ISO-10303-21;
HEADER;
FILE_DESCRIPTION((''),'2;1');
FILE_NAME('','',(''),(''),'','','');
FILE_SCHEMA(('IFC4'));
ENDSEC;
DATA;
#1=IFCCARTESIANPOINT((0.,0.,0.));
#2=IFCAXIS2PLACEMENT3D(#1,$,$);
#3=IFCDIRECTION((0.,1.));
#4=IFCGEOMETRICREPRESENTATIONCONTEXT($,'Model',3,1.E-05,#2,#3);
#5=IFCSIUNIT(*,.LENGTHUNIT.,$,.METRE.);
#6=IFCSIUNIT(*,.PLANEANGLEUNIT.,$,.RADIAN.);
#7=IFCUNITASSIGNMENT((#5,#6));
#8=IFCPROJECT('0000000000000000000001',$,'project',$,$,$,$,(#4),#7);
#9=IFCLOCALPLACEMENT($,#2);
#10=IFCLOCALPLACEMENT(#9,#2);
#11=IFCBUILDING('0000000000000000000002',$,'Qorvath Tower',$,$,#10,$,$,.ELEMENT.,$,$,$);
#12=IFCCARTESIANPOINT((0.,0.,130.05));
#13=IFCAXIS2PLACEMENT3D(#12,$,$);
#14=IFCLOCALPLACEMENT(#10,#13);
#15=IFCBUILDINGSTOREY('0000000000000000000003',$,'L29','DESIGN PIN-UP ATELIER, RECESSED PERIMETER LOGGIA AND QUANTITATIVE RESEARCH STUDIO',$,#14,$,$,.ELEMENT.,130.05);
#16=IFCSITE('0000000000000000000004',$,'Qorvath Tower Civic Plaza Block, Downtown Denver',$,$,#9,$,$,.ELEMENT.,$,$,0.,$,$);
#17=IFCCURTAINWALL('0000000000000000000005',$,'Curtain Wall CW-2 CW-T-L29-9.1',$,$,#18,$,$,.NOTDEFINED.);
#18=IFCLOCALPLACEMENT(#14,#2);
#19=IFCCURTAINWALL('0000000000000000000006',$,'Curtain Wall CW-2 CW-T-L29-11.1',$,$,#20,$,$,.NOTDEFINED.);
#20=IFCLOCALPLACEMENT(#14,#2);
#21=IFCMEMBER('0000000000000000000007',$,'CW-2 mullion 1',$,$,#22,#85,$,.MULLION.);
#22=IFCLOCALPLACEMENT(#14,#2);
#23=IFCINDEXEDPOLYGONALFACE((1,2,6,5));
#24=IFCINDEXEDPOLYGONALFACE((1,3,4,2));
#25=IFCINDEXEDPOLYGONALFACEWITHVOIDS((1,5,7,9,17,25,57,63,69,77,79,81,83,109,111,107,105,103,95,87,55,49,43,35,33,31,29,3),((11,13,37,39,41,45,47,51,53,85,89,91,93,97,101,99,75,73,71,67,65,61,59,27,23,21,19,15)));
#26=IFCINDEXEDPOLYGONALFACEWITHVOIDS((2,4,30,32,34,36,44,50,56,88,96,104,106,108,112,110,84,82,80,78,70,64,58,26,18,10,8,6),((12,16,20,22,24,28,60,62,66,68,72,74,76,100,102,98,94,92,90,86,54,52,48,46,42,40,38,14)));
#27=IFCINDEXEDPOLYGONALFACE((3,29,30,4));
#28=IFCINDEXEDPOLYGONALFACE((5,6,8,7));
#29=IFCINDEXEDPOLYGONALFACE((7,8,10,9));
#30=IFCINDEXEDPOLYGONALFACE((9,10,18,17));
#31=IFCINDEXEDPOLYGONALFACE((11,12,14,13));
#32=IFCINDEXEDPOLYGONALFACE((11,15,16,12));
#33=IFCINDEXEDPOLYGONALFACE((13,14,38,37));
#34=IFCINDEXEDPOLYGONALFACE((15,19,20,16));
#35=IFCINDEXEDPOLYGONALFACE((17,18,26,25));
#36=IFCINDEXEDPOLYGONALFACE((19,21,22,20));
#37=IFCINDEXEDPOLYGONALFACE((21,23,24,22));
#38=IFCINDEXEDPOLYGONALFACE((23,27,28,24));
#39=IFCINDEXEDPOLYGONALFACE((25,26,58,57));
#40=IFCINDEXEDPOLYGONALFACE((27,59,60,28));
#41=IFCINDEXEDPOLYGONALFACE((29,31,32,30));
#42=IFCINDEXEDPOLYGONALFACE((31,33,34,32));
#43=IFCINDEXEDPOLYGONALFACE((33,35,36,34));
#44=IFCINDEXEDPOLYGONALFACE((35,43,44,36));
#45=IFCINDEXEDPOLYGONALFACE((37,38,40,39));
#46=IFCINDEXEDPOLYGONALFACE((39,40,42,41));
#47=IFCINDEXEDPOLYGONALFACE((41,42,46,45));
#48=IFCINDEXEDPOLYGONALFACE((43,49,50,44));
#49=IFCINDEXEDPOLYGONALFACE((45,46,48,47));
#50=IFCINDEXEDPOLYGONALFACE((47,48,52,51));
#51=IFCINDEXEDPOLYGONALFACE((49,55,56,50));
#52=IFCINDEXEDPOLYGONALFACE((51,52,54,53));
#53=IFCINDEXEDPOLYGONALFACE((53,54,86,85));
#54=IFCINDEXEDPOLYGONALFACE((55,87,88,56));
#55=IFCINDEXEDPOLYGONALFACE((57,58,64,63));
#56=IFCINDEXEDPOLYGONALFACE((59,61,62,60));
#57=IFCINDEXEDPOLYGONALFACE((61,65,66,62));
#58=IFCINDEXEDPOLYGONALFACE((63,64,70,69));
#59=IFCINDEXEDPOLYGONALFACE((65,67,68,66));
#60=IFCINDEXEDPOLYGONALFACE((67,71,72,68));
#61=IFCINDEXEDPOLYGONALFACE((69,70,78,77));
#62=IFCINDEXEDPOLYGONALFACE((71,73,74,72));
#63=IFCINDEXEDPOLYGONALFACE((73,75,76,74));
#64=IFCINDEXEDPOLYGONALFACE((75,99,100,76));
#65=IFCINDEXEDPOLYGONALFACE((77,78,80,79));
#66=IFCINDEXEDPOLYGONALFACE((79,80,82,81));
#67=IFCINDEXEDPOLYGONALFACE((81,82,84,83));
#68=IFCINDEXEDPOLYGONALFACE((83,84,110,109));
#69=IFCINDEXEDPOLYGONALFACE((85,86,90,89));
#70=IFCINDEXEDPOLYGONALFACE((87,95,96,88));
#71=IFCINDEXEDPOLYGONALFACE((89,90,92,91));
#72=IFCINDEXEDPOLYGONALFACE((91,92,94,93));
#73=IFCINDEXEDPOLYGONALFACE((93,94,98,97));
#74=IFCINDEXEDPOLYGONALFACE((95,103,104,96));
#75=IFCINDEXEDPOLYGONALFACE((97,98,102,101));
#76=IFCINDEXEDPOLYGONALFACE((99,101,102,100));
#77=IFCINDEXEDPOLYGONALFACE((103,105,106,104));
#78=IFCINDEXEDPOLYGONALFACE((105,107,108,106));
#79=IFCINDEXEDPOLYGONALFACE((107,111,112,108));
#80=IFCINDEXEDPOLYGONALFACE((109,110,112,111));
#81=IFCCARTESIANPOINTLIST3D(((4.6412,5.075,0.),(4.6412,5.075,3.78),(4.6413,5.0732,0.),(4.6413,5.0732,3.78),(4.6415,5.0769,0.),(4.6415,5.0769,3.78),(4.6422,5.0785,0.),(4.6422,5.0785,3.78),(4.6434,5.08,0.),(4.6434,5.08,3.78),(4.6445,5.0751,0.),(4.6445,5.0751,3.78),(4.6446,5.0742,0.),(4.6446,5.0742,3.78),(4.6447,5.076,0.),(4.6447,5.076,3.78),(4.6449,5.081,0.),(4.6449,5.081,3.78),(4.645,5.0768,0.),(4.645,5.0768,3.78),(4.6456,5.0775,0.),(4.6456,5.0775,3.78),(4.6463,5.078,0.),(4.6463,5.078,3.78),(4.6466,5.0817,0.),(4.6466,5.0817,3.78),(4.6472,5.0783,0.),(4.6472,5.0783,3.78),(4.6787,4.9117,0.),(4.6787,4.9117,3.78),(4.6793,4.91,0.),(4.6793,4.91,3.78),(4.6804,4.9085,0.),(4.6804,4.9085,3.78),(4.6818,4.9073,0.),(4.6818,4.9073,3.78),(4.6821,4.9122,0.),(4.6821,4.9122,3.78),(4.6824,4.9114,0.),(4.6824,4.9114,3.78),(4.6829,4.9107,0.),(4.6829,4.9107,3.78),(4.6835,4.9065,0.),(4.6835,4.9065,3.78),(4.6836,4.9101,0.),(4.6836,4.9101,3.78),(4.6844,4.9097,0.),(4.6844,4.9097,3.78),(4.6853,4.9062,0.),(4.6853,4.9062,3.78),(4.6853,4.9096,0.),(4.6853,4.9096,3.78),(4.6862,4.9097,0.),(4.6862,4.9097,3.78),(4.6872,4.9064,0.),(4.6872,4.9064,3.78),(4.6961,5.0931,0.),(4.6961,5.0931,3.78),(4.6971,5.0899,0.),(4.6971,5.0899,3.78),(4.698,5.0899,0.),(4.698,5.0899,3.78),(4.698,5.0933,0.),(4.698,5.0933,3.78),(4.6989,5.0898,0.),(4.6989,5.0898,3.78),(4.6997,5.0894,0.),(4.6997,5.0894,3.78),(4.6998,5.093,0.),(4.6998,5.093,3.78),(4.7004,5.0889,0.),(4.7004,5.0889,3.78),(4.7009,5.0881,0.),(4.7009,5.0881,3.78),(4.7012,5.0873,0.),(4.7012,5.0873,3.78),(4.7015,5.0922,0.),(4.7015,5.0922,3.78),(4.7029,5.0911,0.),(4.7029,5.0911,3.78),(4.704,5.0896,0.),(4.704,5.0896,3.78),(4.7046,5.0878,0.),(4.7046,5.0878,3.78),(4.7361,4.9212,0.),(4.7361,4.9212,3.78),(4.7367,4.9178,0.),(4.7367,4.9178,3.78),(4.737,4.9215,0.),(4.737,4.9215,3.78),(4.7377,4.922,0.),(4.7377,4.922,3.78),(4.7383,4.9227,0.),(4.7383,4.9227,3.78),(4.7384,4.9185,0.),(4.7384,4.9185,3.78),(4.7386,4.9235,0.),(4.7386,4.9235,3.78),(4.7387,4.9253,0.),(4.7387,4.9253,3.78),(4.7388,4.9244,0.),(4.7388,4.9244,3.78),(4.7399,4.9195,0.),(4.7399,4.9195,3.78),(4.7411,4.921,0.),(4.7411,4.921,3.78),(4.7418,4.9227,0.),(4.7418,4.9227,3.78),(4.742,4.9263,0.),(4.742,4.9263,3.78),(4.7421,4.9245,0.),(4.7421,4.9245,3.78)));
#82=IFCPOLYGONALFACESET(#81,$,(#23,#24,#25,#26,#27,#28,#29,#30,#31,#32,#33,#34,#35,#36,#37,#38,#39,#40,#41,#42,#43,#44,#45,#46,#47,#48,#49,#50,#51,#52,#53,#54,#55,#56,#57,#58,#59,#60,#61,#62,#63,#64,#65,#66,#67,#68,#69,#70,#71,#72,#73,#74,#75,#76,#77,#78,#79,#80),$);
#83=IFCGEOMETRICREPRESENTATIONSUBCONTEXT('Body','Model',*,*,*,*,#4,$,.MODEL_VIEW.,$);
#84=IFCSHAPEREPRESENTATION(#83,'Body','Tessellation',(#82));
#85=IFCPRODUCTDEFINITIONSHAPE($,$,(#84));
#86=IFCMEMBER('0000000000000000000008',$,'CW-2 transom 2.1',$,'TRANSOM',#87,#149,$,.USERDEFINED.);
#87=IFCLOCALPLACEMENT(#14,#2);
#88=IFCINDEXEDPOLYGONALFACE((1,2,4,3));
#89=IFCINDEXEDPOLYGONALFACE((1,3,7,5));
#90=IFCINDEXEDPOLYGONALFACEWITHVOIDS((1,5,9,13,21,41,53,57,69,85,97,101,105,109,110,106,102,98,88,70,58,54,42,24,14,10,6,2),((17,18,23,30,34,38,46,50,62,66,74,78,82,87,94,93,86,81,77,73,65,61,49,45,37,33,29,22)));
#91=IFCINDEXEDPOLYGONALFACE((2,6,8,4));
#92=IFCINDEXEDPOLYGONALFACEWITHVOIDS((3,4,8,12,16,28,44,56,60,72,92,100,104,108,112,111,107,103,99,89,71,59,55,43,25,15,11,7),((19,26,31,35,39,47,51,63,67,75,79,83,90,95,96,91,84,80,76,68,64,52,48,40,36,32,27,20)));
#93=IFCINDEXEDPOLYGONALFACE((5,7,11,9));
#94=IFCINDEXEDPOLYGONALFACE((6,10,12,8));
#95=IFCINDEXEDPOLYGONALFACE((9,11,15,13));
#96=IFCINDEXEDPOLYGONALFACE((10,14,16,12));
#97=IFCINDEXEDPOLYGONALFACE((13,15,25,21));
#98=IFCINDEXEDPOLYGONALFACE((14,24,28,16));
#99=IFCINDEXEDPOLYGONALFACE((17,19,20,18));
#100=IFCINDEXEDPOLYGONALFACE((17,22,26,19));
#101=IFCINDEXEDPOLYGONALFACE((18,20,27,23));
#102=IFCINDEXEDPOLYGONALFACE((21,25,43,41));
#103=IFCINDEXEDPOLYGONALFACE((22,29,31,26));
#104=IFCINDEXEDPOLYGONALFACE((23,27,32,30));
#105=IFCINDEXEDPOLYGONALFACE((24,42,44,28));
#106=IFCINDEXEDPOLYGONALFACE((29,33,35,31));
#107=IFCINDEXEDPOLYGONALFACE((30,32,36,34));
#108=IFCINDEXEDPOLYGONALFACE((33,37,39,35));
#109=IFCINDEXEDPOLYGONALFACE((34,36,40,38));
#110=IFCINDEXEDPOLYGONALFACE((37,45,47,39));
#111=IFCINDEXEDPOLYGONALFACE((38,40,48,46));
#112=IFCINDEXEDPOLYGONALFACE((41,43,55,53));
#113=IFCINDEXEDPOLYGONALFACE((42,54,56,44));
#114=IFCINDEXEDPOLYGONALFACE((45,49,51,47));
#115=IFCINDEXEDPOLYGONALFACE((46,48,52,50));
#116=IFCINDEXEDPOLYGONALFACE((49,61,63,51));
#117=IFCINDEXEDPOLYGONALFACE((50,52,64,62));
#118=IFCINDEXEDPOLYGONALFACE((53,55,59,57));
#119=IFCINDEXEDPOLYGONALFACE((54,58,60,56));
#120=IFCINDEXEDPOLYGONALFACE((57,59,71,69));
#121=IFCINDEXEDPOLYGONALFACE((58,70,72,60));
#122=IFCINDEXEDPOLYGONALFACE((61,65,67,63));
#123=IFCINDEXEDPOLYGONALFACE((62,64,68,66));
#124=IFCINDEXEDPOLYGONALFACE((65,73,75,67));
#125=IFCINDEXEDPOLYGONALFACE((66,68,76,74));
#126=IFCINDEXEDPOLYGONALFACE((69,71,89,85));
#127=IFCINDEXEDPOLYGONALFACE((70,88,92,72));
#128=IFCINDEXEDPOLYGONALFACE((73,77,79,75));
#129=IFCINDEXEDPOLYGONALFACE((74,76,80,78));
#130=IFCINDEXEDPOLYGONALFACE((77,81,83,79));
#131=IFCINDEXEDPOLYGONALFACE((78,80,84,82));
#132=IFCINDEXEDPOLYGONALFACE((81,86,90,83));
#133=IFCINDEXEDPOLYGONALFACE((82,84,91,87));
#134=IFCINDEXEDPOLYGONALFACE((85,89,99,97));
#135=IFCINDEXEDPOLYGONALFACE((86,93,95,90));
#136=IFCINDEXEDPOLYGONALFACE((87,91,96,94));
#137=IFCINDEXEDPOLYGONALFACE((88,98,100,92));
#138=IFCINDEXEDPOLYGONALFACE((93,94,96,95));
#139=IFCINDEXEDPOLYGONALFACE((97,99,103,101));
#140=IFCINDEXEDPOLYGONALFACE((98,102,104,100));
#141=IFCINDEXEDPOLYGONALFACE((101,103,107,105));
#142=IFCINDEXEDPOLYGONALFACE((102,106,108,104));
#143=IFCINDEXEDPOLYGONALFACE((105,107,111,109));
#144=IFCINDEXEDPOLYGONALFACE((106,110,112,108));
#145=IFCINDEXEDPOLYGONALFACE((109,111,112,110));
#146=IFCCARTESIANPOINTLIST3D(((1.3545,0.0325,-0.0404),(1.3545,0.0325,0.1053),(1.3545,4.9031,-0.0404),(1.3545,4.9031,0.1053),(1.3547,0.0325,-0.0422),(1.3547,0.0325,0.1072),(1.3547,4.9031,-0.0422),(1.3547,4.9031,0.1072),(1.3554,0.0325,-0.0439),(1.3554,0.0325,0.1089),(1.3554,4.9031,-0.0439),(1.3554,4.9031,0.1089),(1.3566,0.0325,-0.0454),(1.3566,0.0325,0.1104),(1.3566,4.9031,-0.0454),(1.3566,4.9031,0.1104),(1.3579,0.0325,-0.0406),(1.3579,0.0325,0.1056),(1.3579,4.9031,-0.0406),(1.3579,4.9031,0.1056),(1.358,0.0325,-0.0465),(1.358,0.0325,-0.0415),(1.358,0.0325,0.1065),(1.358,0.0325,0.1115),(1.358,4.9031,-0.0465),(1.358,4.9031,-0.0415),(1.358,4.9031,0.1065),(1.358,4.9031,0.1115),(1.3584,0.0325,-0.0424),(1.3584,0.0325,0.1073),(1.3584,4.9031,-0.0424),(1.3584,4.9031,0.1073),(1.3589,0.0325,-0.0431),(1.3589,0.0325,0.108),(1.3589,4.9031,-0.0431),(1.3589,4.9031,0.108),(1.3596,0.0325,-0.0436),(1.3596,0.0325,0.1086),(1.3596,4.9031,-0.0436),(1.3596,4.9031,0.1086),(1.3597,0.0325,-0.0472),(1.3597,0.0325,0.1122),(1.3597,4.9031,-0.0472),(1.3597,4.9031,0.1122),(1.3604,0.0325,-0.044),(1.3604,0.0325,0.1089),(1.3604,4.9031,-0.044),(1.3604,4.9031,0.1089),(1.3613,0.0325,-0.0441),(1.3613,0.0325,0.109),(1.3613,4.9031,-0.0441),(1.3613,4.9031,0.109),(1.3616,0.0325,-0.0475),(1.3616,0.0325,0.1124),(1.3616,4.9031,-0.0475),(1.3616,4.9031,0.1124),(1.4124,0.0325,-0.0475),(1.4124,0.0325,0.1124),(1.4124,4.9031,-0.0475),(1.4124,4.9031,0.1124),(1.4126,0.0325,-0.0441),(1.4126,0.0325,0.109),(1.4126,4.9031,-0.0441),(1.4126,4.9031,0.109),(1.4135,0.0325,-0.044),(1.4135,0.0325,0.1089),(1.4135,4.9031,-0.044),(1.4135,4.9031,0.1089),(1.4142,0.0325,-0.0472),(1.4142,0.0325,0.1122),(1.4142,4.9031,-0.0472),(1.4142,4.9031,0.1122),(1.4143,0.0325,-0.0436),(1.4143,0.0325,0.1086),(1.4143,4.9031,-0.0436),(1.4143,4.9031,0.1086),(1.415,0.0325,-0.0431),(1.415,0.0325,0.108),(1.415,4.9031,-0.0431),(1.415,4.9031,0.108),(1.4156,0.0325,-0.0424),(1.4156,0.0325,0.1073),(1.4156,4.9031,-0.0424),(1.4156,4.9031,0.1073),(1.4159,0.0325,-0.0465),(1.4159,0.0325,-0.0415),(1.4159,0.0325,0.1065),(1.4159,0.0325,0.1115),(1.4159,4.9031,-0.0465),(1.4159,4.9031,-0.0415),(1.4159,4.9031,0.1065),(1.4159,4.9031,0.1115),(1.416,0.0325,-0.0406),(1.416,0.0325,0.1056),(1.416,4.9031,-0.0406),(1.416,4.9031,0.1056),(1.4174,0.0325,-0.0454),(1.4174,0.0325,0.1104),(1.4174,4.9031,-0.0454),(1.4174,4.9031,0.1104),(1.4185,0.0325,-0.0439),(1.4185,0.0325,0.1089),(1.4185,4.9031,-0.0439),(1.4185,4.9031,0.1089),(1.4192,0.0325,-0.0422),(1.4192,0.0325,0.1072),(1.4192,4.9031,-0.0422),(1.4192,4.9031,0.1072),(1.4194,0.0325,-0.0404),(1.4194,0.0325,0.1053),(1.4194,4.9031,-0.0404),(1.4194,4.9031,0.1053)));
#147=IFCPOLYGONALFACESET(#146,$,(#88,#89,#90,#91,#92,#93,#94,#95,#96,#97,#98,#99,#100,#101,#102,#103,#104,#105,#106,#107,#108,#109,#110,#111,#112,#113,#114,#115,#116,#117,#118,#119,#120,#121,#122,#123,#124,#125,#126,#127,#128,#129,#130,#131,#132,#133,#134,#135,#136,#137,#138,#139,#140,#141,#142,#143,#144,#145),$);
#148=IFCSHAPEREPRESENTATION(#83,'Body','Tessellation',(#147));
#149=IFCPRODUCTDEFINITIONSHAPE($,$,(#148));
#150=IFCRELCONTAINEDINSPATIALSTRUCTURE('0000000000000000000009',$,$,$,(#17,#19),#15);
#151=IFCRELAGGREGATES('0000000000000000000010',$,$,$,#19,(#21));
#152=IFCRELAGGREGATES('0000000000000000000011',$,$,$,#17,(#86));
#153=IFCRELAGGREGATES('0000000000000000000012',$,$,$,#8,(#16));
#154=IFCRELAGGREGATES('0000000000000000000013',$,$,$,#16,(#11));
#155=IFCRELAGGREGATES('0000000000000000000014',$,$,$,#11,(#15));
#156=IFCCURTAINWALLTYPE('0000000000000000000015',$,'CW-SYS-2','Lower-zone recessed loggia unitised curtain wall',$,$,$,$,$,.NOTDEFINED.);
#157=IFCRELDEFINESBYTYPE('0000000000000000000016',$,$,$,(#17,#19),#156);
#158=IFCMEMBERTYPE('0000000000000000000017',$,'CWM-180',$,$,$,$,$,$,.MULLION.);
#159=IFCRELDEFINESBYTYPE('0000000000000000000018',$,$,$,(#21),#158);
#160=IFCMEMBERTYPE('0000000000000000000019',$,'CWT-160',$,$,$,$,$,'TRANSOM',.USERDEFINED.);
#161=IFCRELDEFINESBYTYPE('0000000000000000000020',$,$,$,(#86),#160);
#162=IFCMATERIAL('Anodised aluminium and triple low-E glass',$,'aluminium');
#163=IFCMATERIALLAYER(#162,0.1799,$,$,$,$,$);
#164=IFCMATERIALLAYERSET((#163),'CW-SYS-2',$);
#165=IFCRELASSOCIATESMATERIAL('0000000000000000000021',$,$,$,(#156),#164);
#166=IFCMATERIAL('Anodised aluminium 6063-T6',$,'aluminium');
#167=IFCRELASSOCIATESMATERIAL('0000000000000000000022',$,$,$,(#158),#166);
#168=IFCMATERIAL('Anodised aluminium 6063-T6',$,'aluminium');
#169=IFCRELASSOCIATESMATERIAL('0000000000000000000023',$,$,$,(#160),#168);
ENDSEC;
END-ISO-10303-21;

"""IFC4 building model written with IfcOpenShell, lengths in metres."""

from ifc_helpers import new_model, si_unit, direction, frame, origin, origin_2d, place, context, subcontext, project, spatial, hollow_rectangle, extrude, material, layer, layer_set, material_profile, profile_set, type_object, element, aggregate, save


model = new_model("IFC4")

# Units and contexts
model_context = context("Model", 3, precision=1e-05, world=origin(), true_north=direction((0.0, 1.0)))
body_context = subcontext(model_context, "Body", "Model", "MODEL_VIEW")
ifc_project = project(units=[si_unit("LENGTHUNIT", "METRE"), si_unit("PLANEANGLEUNIT", "RADIAN")], contexts=[model_context])

# Site, building, storey
site_placement = place(None, origin())
site = spatial("IfcSite", under=ifc_project, at=site_placement, Name="Qorvath Tower Civic Plaza Block, Downtown Denver", CompositionType="ELEMENT", RefElevation=0.0)
building_placement = place(site_placement, origin())
building = spatial("IfcBuilding", under=site, at=building_placement, Name="Qorvath Tower", CompositionType="ELEMENT")
storey_placement = place(building_placement, frame((0.0, 0.0, 130.05)))
storey = spatial("IfcBuildingStorey", under=building, at=storey_placement, Name="L29", Description="DESIGN PIN-UP ATELIER, RECESSED PERIMETER LOGGIA AND QUANTITATIVE RESEARCH STUDIO", CompositionType="ELEMENT", Elevation=130.05)

# Curtain wall
ifc_material_1 = material(Name="Anodised aluminium and triple low-E glass", Category="aluminium")
ifc_layer_1 = layer(ifc_material_1, 0.1799)
ifc_layer_set_1 = layer_set([ifc_layer_1], Name="CW-SYS-2")
curtain_wall_type = type_object("IfcCurtainWallType", Name="CW-SYS-2", Description="Lower-zone recessed loggia unitised curtain wall", PredefinedType="NOTDEFINED", material=ifc_layer_set_1)
curtain_wall_1_placement = place(storey_placement, origin())
curtain_wall_1 = element("IfcCurtainWall", 1, at=curtain_wall_1_placement, inside=storey, type_object=curtain_wall_type, Name="Curtain Wall CW-2 CW-T-L29-9.1", PredefinedType="NOTDEFINED")
ifc_material_2 = material(Name="Anodised aluminium 6063-T6", Category="aluminium")
ifc_material_profile_1 = material_profile(ifc_material_2, hollow_rectangle(XDim=0.0649, YDim=0.1799, WallThickness=0.0034, InnerFilletRadius=0.0034, OuterFilletRadius=0.0071, at=origin_2d()), Name="CWM 180x65")
ifc_profile_set_1 = profile_set([ifc_material_profile_1], Name="Anodised aluminium 6063-T6")
member_type_1 = type_object("IfcMemberType", Name="CWM-180", PredefinedType="MULLION", material=ifc_profile_set_1)

# Curtain wall, member
curtain_wall_2_placement = place(storey_placement, origin())
curtain_wall_2 = element("IfcCurtainWall", 2, at=curtain_wall_2_placement, inside=storey, type_object=curtain_wall_type, Name="Curtain Wall CW-2 CW-T-L29-11.1", PredefinedType="NOTDEFINED")
member_1_placement = place(storey_placement, frame((4.6917, 4.9998, 0.0), z_axis=(0.0, 0.0, 1.0), x_axis=(-0.974296, -0.22527, 0.0)))
member_1 = element("IfcMember", 3, at=member_1_placement, type_object=member_type_1, Name="CW-2 mullion 1", PredefinedType="MULLION", context=body_context, shape_type="SweptSolid", body=[
    extrude(hollow_rectangle(XDim=0.0649, YDim=0.1799, WallThickness=0.0034, InnerFilletRadius=0.0034, OuterFilletRadius=0.0071, at=origin_2d()), origin(), (0.0, 0.0, 1.0), 3.78),
])

# Member
ifc_material_3 = material(Name="Anodised aluminium 6063-T6", Category="aluminium")
ifc_material_profile_2 = material_profile(ifc_material_3, hollow_rectangle(XDim=0.0649, YDim=0.1599, WallThickness=0.0034, InnerFilletRadius=0.0034, OuterFilletRadius=0.0071, at=origin_2d()), Name="CWT 160x65")
ifc_profile_set_2 = profile_set([ifc_material_profile_2], Name="Anodised aluminium 6063-T6")
member_type_2 = type_object("IfcMemberType", Name="CWT-160", ElementType="TRANSOM", PredefinedType="USERDEFINED", material=ifc_profile_set_2)
member_2_placement = place(storey_placement, frame((1.387, 0.0325, 0.0325), z_axis=(0.0, 1.0, 0.0), x_axis=(-1.0, 0.0, 0.0)))
member_2 = element("IfcMember", 4, at=member_2_placement, type_object=member_type_2, Name="CW-2 transom 2.1", ObjectType="TRANSOM", PredefinedType="USERDEFINED", context=body_context, shape_type="SweptSolid", body=[
    extrude(hollow_rectangle(XDim=0.0649, YDim=0.1599, WallThickness=0.0034, InnerFilletRadius=0.0034, OuterFilletRadius=0.0071, at=origin_2d()), origin(), (0.0, 0.0, 1.0), 4.8706),
])
aggregate(curtain_wall_2, [member_1])

aggregate(curtain_wall_1, [member_2])

save(model, "model.ifc")
